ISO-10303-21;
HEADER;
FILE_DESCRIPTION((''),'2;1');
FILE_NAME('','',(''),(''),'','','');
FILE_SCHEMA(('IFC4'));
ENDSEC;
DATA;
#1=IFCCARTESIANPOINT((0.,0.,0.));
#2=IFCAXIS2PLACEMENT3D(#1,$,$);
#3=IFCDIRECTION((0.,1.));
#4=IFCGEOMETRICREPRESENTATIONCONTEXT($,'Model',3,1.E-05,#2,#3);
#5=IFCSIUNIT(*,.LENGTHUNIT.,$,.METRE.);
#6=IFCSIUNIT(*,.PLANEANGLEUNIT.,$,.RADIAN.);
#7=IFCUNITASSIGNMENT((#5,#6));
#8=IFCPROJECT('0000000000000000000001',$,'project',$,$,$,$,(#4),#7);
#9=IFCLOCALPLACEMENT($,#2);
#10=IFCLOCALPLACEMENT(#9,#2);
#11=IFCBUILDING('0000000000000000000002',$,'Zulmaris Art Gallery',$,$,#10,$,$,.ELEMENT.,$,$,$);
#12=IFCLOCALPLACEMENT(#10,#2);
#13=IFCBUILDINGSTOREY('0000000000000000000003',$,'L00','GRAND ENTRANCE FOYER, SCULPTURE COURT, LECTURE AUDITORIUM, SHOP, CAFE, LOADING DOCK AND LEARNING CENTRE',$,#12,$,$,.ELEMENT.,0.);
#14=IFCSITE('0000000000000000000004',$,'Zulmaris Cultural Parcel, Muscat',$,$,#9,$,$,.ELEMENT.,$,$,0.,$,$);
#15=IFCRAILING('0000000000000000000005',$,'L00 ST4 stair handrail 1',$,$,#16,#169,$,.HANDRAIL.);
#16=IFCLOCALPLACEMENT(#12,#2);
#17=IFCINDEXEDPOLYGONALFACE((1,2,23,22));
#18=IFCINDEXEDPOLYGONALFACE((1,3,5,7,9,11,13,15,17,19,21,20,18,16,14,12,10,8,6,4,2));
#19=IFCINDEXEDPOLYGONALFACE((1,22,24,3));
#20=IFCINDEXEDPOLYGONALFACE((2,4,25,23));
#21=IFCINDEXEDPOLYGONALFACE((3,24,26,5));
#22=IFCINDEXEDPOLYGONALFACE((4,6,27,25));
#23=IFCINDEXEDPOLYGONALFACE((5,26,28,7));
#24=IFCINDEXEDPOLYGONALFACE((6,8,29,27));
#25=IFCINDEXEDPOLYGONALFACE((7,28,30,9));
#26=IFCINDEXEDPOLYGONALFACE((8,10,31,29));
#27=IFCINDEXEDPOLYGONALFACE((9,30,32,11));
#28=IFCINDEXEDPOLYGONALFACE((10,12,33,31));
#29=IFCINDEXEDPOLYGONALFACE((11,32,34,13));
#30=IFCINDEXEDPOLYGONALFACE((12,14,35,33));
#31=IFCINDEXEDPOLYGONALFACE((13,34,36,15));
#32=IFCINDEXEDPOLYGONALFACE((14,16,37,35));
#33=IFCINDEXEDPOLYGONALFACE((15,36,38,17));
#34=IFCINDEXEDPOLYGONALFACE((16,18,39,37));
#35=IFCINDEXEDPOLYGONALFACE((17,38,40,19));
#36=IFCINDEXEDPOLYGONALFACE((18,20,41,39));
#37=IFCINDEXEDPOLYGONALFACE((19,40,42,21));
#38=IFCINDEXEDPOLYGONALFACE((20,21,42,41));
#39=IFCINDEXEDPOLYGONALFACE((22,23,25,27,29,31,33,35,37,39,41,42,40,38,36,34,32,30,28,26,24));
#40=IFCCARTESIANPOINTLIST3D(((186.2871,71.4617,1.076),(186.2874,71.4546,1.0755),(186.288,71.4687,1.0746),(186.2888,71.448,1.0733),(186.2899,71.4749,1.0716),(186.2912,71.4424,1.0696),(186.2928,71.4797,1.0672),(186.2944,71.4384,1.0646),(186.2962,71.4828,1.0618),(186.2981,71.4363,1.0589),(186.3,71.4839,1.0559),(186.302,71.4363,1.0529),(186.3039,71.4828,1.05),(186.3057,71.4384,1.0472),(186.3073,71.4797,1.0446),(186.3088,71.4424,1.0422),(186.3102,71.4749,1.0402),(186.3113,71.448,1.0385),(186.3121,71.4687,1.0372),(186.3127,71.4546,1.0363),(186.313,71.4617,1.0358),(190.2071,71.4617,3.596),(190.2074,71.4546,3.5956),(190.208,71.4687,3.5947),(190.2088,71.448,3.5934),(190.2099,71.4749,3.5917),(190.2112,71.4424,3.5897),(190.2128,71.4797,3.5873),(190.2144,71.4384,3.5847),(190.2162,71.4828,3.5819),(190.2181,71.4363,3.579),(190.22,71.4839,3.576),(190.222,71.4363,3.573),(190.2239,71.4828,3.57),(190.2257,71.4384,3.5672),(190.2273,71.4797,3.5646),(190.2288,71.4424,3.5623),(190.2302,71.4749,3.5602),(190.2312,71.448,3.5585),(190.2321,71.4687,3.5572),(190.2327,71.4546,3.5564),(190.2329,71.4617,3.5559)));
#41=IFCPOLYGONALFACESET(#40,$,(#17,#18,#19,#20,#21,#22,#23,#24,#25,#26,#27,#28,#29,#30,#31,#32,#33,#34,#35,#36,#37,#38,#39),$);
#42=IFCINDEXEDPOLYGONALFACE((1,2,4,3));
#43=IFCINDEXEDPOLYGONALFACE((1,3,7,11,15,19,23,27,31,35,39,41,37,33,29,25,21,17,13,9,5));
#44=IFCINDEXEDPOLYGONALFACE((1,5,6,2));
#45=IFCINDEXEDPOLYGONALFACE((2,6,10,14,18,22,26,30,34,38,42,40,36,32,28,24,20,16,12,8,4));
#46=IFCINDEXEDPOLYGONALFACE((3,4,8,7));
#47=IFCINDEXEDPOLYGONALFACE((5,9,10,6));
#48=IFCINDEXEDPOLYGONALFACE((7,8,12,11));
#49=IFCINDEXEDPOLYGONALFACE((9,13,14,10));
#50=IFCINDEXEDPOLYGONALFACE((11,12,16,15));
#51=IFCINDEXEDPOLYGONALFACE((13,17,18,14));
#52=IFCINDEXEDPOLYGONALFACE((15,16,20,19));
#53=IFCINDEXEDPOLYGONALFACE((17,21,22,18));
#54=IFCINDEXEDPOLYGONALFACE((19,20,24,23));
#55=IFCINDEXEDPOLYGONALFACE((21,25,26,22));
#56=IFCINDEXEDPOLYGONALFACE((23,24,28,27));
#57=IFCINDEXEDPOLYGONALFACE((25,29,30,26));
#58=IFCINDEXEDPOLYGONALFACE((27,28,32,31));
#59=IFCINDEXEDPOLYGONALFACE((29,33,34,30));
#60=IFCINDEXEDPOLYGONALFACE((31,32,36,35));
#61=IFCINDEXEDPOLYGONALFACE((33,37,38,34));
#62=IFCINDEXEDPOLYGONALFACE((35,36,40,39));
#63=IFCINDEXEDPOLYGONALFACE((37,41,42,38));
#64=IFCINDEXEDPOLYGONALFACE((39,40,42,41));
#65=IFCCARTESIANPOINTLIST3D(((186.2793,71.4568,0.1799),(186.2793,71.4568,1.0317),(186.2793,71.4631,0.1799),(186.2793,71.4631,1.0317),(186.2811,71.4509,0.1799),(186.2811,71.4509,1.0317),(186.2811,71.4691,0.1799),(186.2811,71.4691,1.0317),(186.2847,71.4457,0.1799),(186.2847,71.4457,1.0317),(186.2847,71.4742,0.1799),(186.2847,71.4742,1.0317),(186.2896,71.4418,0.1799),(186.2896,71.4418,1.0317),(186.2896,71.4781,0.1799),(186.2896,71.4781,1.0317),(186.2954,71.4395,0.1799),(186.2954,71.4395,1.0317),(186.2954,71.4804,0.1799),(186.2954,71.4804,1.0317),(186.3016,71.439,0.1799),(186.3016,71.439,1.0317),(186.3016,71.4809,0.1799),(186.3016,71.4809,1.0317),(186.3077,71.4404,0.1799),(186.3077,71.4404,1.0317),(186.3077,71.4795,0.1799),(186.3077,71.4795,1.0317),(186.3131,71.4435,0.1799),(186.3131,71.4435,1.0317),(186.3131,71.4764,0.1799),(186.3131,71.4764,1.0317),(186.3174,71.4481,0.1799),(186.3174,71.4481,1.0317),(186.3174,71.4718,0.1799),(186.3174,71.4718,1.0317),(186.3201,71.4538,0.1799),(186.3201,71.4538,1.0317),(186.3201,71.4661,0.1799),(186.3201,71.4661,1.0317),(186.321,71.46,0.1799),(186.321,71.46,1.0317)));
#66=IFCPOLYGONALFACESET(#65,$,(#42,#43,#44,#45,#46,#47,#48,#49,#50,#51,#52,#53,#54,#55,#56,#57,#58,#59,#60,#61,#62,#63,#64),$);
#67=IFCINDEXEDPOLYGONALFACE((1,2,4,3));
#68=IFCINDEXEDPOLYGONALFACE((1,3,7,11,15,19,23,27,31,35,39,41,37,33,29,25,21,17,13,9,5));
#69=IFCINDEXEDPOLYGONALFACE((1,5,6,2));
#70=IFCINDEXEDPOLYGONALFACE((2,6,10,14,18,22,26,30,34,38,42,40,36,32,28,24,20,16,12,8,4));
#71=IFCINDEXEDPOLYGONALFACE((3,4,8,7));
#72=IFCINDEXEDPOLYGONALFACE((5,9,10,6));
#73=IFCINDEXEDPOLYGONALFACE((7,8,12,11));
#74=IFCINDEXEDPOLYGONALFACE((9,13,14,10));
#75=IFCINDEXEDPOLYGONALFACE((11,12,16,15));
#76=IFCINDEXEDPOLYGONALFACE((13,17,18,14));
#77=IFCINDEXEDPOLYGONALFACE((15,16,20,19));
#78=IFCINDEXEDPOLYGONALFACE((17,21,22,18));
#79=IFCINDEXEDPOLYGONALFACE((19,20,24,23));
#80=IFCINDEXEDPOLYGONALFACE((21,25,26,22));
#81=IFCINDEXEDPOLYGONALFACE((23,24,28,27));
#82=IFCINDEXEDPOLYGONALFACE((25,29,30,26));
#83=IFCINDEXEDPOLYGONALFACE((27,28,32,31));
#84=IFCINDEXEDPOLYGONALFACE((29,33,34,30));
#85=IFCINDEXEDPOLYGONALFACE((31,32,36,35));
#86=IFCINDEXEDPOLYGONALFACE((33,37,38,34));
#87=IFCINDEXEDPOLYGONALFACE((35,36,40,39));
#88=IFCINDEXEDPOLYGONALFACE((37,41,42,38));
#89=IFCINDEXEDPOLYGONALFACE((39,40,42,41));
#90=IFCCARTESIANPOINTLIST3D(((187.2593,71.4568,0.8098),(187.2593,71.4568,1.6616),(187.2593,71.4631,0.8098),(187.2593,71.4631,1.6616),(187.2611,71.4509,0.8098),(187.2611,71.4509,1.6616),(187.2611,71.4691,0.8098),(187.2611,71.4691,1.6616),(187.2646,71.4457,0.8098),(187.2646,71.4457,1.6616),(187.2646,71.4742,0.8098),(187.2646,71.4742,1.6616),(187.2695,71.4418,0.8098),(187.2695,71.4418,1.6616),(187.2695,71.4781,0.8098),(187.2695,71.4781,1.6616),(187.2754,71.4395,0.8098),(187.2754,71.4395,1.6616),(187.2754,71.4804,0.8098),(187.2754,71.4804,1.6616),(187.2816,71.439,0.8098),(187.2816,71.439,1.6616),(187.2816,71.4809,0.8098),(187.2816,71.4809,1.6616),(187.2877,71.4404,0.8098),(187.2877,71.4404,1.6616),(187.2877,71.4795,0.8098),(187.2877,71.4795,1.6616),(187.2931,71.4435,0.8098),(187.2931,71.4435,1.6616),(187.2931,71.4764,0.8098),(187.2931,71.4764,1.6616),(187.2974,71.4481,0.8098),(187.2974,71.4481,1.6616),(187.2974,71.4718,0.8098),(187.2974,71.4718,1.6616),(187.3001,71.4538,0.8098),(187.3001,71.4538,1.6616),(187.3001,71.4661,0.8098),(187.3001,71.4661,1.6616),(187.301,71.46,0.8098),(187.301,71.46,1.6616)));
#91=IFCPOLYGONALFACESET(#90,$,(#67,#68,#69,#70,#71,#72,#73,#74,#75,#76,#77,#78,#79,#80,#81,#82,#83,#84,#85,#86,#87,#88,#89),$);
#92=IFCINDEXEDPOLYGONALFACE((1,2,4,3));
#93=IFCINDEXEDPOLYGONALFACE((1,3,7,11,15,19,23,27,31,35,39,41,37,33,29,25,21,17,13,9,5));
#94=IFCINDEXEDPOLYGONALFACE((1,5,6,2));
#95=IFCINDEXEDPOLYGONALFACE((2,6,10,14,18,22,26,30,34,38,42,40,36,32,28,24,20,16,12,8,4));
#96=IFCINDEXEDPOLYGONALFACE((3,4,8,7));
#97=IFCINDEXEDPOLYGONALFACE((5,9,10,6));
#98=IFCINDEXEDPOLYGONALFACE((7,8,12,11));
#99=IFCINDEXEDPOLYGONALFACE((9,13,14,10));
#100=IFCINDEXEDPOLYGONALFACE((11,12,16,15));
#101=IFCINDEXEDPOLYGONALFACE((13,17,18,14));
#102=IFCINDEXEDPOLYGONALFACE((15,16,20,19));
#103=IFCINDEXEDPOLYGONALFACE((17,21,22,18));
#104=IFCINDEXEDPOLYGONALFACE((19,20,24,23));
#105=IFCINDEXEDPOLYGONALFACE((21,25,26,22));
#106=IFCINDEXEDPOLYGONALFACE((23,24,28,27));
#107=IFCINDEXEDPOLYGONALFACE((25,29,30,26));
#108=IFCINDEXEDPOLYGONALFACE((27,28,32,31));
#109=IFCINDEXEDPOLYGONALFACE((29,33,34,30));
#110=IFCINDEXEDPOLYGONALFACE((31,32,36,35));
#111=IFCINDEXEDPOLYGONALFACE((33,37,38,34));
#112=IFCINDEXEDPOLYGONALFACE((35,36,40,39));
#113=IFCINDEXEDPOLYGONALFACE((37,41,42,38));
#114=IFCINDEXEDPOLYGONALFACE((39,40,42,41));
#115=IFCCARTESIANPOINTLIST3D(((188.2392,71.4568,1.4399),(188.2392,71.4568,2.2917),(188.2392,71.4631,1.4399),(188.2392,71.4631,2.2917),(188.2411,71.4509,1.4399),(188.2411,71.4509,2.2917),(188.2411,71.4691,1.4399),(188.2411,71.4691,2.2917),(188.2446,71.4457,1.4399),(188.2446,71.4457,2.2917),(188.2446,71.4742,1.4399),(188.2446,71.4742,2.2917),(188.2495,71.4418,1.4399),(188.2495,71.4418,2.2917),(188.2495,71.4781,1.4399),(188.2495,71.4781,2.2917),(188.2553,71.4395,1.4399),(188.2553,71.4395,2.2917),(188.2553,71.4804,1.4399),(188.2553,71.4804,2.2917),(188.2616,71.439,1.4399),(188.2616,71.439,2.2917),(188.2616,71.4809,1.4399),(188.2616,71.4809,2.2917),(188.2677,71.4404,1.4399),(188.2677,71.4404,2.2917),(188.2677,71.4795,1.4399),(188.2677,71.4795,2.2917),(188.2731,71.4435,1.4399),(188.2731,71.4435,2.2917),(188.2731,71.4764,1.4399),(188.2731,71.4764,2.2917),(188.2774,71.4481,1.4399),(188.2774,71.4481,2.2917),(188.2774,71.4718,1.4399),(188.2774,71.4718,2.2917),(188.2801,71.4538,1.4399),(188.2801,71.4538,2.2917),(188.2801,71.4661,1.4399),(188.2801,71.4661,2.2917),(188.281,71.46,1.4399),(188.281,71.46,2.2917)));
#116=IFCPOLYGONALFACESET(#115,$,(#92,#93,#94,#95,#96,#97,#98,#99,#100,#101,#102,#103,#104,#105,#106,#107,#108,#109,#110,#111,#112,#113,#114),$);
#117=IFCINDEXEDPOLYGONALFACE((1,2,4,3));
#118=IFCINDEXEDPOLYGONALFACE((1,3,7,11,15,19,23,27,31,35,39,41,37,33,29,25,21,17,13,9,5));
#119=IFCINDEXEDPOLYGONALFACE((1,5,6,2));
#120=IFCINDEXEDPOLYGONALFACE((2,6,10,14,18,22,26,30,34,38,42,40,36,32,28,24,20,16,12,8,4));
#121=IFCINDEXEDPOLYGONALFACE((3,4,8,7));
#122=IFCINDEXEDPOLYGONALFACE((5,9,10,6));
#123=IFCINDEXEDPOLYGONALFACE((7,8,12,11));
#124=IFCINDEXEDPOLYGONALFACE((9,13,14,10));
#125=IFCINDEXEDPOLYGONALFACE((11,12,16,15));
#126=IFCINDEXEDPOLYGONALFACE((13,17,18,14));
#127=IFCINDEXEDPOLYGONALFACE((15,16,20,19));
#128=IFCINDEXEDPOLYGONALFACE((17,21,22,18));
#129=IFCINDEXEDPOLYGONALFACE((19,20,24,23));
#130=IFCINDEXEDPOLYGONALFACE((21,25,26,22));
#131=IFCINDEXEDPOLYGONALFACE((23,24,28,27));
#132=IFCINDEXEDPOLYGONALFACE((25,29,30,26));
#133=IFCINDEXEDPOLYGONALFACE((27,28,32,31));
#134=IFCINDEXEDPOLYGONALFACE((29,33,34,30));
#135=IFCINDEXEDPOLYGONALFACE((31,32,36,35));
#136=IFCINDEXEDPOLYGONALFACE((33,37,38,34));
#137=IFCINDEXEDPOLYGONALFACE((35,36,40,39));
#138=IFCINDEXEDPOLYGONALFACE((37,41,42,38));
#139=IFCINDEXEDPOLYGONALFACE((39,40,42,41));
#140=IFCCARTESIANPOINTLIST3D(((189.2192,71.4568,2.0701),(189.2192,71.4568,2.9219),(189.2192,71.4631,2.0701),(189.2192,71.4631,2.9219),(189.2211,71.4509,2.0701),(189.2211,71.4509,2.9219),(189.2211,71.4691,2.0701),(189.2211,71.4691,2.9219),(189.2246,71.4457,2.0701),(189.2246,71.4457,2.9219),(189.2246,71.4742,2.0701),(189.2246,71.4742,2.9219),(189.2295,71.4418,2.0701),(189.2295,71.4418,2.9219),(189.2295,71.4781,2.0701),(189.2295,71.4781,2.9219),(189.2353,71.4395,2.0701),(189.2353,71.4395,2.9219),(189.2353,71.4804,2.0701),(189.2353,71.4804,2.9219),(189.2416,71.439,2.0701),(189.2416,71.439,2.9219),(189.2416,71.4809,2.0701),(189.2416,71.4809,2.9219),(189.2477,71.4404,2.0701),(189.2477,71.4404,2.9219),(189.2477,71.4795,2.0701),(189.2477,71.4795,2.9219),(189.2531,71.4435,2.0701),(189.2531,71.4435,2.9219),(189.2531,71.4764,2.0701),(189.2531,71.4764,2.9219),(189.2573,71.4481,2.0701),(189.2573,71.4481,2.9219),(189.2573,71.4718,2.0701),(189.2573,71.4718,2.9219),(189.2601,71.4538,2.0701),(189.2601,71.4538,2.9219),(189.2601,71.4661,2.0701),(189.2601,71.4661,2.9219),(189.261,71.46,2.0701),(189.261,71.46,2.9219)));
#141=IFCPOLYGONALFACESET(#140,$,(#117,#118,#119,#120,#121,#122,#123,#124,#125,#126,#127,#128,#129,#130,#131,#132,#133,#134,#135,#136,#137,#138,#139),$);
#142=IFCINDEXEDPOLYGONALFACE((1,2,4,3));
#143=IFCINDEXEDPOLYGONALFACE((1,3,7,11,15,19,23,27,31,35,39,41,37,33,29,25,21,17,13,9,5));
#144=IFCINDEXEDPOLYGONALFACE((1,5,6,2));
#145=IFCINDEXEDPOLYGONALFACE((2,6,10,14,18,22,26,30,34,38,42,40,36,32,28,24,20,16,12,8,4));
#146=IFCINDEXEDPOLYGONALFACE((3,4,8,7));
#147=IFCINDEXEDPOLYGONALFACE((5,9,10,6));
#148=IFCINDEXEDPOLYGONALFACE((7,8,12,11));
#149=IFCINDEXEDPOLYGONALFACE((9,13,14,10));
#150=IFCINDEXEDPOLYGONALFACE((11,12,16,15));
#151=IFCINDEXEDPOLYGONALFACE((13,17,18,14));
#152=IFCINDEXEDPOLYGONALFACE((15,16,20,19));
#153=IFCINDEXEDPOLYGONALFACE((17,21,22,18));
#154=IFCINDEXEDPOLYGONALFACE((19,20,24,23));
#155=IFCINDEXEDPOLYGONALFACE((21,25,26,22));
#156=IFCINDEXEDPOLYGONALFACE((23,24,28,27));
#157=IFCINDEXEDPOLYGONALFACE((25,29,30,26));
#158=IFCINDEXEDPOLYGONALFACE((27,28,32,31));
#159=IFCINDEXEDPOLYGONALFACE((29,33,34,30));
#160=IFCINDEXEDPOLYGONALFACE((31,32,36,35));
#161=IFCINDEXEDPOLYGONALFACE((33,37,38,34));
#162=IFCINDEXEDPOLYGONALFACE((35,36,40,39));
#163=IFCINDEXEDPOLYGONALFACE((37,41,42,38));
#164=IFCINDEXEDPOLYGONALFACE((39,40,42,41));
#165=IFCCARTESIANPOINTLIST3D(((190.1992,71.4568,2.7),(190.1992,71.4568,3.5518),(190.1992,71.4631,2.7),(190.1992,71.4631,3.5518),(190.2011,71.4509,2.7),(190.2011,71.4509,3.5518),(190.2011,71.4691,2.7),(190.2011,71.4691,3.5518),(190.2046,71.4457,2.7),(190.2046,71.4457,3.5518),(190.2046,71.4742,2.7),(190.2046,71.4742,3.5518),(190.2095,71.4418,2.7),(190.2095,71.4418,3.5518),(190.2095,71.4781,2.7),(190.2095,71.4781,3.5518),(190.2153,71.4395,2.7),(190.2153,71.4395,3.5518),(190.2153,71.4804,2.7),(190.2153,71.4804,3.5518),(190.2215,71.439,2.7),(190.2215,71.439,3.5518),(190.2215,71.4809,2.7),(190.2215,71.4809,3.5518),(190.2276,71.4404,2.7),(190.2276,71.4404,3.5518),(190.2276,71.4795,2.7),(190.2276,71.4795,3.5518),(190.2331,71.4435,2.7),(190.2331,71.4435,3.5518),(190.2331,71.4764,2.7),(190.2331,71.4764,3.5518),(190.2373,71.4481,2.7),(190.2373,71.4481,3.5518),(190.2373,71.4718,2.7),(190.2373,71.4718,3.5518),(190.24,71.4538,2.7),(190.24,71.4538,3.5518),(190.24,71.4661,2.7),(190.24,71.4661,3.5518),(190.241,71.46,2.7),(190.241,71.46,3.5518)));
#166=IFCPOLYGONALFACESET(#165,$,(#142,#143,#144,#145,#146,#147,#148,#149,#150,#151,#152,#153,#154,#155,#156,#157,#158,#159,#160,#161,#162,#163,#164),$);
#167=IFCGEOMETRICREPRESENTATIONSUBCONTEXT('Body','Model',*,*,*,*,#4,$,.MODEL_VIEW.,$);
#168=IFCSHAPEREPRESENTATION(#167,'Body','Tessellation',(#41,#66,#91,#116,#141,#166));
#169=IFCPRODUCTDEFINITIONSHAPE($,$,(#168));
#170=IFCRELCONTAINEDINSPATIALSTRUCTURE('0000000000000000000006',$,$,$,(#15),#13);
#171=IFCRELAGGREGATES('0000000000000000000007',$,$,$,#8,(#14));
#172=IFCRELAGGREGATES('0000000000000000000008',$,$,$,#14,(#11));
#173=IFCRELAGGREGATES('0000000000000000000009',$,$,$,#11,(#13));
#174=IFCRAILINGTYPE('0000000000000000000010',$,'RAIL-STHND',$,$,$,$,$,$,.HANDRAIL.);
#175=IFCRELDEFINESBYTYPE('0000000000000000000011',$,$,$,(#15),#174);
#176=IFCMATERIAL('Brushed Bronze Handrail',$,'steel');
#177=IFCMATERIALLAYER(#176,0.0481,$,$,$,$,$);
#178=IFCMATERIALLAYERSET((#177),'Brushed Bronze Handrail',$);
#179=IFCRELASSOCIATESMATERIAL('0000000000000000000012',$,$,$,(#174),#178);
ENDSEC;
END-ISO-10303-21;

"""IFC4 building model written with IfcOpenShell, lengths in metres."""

from ifc_helpers import new_model, si_unit, direction, frame, origin, origin_2d, place, context, subcontext, project, spatial, circle, extrude, material, layer, layer_set, type_object, element, save


model = new_model("IFC4")

# Units and contexts
model_context = context("Model", 3, precision=1e-05, world=origin(), true_north=direction((0.0, 1.0)))
body_context = subcontext(model_context, "Body", "Model", "MODEL_VIEW")
ifc_project = project(units=[si_unit("LENGTHUNIT", "METRE"), si_unit("PLANEANGLEUNIT", "RADIAN")], contexts=[model_context])

# Site, building, storey
site_placement = place(None, origin())
site = spatial("IfcSite", under=ifc_project, at=site_placement, Name="Zulmaris Cultural Parcel, Muscat", CompositionType="ELEMENT", RefElevation=0.0)
building_placement = place(site_placement, origin())
building = spatial("IfcBuilding", under=site, at=building_placement, Name="Zulmaris Art Gallery", CompositionType="ELEMENT")
storey_placement = place(building_placement, origin())
storey = spatial("IfcBuildingStorey", under=building, at=storey_placement, Name="L00", Description="GRAND ENTRANCE FOYER, SCULPTURE COURT, LECTURE AUDITORIUM, SHOP, CAFE, LOADING DOCK AND LEARNING CENTRE", CompositionType="ELEMENT", Elevation=0.0)

# Railing
ifc_material_1 = material(Name="Brushed Bronze Handrail", Category="steel")
ifc_layer_1 = layer(ifc_material_1, 0.0481)
ifc_layer_set_1 = layer_set([ifc_layer_1], Name="Brushed Bronze Handrail")
railing_type_1 = type_object("IfcRailingType", Name="RAIL-STHND", PredefinedType="HANDRAIL", material=ifc_layer_set_1)
railing_1_placement = place(storey_placement, frame((186.3, 71.46, 0.1799)))
element("IfcRailing", 1, at=railing_1_placement, inside=storey, type_object=railing_type_1, Name="L00 ST4 stair handrail 1", PredefinedType="HANDRAIL", context=body_context, shape_type="SweptSolid", body=[
    extrude(circle(Radius=0.0239, at=origin_2d()), frame((0.0, 0.0, 0.876), z_axis=(0.841172, 0.0, 0.540768), x_axis=(0.0, 1.0, 0.0)), (0.0, 0.0, 1.0), 4.6602),
    extrude(circle(Radius=0.021, at=origin_2d()), origin(), (0.0, 0.0, 1.0), 0.8518),
    extrude(circle(Radius=0.021, at=origin_2d()), frame((0.98, 0.0, 0.6299)), (0.0, 0.0, 1.0), 0.8518),
    extrude(circle(Radius=0.021, at=origin_2d()), frame((1.96, 0.0, 1.26)), (0.0, 0.0, 1.0), 0.8518),
    extrude(circle(Radius=0.021, at=origin_2d()), frame((2.9399, 0.0, 1.8901)), (0.0, 0.0, 1.0), 0.8518),
    extrude(circle(Radius=0.021, at=origin_2d()), frame((3.9199, 0.0, 2.52)), (0.0, 0.0, 1.0), 0.8518),
])

save(model, "model.ifc")
